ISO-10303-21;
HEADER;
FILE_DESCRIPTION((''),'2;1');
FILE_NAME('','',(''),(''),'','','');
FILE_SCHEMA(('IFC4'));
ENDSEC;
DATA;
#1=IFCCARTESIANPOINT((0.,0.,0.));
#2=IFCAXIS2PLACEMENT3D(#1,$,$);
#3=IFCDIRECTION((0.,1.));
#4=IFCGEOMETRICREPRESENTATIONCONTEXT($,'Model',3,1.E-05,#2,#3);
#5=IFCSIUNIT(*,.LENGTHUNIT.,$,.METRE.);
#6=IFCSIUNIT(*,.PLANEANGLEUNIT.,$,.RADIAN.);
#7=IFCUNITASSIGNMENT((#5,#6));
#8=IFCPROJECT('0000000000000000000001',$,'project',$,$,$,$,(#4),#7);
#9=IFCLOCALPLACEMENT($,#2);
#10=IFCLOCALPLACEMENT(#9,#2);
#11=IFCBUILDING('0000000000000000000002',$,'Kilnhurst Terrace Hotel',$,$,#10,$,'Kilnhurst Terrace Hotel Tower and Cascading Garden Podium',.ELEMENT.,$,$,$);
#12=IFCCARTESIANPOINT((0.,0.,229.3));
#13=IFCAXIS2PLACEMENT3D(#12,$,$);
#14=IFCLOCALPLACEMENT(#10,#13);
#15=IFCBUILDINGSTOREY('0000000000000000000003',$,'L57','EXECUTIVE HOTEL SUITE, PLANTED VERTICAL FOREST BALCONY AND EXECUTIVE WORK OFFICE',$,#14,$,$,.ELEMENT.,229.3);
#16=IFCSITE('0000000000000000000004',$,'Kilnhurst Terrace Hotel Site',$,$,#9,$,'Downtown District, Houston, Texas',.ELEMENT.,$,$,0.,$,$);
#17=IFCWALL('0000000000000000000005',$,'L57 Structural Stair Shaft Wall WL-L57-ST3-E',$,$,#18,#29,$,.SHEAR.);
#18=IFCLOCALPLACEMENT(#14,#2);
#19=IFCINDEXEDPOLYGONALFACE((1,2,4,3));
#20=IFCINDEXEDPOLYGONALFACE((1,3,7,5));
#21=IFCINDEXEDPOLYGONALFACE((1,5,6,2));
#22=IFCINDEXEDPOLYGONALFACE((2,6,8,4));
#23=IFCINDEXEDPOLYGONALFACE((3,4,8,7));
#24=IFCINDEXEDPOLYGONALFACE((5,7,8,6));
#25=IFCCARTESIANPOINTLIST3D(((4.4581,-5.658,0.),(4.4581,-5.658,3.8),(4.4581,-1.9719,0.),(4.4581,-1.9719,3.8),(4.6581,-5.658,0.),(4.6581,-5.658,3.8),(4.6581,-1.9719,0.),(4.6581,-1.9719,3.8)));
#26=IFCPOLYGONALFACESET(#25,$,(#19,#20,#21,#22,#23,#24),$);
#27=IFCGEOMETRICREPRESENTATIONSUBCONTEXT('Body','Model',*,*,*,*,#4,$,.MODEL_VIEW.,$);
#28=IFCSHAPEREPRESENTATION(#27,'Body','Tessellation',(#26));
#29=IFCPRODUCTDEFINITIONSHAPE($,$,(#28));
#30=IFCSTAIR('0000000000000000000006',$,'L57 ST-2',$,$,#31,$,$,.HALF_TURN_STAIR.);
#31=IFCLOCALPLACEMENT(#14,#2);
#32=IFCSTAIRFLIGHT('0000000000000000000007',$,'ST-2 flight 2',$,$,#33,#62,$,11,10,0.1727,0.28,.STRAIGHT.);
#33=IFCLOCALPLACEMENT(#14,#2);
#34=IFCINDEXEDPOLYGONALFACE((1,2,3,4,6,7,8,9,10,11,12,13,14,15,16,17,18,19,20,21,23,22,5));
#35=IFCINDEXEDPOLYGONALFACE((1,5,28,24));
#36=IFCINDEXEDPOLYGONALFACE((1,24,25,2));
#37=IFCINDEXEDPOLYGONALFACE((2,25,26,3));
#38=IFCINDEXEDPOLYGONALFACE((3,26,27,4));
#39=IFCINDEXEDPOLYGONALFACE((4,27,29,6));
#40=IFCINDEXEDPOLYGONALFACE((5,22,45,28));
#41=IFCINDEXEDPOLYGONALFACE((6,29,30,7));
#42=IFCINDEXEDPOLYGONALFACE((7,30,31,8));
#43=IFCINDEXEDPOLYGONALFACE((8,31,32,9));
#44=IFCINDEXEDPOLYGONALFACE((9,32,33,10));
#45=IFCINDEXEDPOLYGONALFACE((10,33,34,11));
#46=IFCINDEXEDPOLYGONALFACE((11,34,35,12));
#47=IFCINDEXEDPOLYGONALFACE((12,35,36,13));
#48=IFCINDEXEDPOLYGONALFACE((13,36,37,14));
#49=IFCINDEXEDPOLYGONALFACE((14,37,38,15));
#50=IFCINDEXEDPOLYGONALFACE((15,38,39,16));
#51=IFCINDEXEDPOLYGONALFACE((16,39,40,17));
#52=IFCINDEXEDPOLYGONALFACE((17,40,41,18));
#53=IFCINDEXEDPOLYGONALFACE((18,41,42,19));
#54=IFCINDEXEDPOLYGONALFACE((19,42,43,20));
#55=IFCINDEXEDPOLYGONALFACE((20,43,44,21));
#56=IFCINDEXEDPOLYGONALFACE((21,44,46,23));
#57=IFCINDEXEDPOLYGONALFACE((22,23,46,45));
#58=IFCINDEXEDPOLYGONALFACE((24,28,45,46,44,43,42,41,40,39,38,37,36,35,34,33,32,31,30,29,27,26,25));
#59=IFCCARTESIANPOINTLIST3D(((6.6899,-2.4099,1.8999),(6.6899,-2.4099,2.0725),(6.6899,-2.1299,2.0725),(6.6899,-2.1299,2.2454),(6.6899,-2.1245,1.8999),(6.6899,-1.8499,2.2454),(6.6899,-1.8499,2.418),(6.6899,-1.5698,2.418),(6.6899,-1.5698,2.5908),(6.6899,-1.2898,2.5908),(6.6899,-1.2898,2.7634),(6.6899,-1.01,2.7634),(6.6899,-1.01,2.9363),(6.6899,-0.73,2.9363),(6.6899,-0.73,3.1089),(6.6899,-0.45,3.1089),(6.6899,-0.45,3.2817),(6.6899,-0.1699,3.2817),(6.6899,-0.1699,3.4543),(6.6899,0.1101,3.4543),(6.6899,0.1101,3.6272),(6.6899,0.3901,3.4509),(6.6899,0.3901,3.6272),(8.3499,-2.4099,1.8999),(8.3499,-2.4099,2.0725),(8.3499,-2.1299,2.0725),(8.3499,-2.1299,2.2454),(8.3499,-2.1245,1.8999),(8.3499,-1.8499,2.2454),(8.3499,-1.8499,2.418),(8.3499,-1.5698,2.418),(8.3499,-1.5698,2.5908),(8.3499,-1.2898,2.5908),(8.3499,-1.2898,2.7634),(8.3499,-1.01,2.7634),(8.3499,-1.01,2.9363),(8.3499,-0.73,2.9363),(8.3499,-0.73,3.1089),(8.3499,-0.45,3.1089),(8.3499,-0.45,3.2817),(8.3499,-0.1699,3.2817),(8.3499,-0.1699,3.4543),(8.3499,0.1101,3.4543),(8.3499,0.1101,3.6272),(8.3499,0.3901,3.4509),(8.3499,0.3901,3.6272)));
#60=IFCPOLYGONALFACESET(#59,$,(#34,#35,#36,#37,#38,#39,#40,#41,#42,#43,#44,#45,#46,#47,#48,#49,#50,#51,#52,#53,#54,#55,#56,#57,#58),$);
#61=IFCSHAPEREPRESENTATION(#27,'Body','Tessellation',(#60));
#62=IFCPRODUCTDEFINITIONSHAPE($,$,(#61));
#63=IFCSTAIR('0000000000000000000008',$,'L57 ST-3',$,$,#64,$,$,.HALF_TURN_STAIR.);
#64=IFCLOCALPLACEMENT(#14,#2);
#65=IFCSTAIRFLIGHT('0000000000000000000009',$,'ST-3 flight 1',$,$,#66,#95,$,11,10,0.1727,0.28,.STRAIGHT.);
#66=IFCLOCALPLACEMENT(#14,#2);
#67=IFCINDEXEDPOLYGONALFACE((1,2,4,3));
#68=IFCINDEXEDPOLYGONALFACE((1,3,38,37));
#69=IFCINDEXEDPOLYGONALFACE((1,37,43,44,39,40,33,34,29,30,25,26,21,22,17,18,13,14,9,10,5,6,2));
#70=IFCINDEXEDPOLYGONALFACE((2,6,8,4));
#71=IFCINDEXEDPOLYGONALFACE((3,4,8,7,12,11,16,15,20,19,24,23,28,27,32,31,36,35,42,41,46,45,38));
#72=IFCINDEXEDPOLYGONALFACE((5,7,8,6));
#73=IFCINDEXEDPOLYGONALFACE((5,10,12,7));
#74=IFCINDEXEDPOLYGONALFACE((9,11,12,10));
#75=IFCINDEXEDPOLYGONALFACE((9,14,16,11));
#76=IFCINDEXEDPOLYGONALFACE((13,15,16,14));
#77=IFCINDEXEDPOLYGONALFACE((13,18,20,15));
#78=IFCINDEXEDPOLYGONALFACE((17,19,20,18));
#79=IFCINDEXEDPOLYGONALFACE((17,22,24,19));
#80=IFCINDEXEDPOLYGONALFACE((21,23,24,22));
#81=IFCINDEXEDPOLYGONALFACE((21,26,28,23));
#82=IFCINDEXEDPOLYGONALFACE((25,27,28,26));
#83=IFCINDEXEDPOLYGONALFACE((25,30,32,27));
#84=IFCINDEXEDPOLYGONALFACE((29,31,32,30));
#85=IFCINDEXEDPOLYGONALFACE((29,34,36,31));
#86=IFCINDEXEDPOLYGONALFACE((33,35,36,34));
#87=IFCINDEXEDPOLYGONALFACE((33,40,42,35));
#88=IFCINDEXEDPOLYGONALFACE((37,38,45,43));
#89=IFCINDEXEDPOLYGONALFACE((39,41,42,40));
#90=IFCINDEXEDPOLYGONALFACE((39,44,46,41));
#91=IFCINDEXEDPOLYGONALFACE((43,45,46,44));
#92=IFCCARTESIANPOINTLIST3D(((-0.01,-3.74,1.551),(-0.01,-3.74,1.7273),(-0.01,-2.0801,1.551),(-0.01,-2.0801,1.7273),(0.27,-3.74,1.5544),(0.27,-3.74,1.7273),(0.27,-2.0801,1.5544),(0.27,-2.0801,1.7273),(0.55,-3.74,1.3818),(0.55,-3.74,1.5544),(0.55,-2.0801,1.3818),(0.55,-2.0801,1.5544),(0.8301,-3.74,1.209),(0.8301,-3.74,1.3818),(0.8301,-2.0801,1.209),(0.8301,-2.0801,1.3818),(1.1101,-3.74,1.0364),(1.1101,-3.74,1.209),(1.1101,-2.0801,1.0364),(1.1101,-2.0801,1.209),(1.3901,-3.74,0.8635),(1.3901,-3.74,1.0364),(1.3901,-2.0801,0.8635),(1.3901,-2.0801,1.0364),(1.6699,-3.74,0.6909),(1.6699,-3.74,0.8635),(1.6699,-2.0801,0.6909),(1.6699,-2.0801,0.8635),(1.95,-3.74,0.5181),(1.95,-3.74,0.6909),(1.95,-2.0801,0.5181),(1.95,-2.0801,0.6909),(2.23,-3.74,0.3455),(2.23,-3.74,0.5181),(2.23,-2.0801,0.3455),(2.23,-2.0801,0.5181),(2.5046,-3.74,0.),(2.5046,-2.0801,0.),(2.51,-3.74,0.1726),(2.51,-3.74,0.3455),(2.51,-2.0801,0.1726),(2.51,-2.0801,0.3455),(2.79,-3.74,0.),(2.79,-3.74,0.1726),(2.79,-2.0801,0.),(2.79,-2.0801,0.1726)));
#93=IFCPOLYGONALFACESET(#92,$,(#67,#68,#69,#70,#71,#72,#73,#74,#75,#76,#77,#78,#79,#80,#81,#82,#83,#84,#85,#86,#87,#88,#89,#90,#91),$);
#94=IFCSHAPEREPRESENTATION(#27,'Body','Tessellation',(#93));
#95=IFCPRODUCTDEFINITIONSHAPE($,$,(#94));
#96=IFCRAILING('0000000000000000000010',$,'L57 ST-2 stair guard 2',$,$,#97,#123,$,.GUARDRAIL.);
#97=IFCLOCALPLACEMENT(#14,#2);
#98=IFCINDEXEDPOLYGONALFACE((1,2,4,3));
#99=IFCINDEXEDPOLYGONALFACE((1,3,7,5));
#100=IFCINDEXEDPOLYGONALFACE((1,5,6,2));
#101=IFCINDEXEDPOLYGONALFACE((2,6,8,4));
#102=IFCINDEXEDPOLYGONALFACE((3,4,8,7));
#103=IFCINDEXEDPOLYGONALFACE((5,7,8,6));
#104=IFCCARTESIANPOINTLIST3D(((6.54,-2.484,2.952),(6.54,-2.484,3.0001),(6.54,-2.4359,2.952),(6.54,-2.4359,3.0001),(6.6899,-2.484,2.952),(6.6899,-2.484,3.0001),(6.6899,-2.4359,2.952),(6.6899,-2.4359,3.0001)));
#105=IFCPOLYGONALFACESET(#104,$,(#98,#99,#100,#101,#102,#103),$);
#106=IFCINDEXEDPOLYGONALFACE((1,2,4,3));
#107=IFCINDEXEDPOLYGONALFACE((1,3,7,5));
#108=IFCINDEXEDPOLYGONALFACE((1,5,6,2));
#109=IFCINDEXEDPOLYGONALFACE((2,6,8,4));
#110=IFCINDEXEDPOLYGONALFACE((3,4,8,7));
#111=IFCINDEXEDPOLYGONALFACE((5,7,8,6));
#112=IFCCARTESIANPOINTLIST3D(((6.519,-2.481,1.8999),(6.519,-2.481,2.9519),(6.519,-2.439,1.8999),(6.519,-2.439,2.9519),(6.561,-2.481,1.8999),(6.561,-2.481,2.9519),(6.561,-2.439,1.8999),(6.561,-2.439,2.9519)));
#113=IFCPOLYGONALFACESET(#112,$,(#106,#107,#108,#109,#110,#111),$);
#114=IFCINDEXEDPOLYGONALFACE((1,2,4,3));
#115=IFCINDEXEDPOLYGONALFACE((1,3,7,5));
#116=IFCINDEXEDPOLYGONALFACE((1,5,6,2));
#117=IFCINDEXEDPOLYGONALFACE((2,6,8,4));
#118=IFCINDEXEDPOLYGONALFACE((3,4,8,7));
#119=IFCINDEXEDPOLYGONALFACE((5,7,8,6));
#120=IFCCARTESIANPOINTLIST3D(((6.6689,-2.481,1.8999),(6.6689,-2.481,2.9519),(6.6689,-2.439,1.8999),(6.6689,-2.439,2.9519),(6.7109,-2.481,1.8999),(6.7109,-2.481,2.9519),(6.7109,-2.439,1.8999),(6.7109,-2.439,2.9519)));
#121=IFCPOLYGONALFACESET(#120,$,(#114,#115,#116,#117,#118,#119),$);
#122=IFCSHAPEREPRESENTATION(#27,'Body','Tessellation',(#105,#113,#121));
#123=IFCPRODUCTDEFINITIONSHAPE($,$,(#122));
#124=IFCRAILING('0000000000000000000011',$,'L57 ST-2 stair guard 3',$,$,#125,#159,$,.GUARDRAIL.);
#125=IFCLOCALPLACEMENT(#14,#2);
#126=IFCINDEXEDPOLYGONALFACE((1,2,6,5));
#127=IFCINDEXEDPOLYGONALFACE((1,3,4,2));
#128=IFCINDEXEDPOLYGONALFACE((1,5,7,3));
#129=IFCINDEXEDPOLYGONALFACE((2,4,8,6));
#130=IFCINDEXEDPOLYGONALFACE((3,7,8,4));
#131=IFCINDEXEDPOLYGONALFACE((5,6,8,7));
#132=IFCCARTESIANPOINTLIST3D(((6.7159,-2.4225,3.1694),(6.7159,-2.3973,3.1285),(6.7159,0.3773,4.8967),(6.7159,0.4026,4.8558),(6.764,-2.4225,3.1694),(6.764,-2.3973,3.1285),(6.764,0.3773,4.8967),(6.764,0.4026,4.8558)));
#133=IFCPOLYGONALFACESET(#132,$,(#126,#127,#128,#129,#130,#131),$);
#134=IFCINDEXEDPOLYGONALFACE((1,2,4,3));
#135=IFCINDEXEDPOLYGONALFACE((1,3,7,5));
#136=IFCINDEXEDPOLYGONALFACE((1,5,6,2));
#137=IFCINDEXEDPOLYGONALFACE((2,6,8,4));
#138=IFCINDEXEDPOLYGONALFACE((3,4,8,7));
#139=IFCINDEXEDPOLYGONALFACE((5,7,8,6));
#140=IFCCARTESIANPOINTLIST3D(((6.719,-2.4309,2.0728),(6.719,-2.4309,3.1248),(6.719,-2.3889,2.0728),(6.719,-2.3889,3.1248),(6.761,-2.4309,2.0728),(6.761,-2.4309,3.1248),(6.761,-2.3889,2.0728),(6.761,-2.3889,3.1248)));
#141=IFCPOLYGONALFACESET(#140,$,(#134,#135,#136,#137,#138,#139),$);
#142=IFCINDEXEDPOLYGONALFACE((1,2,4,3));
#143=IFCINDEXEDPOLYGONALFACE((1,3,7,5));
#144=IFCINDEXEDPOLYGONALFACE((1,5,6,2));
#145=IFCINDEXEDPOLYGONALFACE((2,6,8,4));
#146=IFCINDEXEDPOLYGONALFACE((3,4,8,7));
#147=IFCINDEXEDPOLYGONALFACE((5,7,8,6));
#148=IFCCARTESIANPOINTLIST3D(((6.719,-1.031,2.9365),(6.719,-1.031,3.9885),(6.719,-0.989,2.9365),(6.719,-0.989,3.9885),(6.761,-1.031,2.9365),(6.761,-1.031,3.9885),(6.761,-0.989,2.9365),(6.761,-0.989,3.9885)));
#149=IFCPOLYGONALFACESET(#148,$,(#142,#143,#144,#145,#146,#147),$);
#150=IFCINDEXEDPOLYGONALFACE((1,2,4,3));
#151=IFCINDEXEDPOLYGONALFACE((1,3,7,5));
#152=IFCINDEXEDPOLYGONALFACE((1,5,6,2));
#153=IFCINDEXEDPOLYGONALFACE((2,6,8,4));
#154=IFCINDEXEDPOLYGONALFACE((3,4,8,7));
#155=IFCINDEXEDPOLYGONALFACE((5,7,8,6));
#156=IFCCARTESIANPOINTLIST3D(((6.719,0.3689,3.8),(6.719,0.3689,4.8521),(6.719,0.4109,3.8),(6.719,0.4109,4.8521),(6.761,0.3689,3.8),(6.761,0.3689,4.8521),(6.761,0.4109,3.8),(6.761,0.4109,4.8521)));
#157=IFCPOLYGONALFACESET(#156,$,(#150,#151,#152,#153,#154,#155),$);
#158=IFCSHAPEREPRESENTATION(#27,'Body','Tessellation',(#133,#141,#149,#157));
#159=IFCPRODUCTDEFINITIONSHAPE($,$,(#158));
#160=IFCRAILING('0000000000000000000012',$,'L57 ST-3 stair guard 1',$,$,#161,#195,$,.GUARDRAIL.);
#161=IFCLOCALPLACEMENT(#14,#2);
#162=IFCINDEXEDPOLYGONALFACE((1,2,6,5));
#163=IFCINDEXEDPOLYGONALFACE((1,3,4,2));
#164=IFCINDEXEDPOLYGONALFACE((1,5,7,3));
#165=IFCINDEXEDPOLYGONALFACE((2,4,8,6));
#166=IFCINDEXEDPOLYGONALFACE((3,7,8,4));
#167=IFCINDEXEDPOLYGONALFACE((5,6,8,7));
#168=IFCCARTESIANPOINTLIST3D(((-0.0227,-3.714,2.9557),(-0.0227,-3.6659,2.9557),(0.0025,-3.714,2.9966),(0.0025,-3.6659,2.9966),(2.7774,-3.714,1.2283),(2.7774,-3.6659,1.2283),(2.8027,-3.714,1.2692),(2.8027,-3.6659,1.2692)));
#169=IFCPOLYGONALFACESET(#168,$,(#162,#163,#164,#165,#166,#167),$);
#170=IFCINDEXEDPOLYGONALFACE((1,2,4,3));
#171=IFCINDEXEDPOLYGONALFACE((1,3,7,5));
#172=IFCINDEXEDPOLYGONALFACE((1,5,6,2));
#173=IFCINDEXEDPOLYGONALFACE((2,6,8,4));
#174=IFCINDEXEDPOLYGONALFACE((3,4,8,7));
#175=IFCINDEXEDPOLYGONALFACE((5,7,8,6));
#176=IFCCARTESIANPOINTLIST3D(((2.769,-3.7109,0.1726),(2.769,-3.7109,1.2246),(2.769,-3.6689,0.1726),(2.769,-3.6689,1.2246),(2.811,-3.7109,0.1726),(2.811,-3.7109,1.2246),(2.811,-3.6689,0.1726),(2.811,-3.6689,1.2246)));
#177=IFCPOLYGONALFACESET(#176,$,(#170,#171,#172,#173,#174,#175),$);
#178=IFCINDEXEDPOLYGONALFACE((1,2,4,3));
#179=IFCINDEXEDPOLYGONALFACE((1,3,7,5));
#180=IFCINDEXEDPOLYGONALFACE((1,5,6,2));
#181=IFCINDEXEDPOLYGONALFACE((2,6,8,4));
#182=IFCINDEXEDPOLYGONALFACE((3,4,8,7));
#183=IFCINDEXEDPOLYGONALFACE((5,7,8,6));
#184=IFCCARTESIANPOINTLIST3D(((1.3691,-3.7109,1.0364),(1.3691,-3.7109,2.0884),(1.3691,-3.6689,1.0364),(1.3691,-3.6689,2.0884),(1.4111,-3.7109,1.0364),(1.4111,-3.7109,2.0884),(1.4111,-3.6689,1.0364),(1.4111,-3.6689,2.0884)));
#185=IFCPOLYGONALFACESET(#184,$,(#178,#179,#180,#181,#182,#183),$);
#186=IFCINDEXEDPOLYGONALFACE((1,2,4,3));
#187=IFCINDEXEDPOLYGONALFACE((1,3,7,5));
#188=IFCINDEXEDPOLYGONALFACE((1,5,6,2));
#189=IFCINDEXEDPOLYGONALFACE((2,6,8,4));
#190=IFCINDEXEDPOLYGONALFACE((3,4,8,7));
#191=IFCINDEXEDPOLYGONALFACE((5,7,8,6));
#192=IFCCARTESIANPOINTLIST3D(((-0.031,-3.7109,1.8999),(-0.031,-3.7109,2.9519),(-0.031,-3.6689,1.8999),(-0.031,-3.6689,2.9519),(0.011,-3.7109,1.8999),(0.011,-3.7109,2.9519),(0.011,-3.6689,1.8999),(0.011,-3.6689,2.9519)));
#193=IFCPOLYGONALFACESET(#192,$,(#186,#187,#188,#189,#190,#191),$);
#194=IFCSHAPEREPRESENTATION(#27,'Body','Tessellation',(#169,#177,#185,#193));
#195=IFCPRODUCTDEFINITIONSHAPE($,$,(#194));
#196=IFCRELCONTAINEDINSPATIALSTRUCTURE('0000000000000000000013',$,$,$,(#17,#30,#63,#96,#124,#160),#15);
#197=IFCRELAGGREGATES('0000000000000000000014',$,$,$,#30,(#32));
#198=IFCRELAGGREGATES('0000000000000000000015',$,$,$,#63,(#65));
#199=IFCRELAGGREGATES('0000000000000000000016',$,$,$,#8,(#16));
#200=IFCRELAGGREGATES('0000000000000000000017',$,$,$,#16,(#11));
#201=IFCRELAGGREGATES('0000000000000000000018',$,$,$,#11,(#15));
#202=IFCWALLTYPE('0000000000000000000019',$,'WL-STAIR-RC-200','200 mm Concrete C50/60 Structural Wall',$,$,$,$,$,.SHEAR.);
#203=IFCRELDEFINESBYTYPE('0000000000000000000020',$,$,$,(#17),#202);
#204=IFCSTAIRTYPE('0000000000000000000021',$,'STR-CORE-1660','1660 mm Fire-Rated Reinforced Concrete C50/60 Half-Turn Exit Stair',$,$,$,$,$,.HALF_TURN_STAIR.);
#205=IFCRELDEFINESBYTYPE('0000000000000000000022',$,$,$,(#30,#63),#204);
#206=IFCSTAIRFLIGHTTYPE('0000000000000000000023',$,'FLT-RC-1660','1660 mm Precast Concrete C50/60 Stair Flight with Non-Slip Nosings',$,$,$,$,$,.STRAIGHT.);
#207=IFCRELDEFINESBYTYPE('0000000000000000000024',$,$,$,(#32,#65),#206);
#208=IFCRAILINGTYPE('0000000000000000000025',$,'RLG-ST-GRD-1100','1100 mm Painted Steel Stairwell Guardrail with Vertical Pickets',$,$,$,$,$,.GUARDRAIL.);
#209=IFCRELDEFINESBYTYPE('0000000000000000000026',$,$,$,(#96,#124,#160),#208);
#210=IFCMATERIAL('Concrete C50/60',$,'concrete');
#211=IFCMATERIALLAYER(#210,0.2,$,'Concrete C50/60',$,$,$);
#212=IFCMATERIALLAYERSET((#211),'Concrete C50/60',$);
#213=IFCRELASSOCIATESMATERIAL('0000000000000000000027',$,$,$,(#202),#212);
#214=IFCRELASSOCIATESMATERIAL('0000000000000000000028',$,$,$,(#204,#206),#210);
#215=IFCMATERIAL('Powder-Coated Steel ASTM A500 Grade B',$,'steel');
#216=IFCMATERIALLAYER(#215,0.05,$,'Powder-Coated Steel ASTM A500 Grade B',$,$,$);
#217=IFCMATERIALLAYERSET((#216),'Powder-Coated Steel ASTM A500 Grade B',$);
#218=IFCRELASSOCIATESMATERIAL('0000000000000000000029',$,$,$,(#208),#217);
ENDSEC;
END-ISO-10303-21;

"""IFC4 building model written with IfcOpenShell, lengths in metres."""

from ifc_helpers import new_model, si_unit, direction, frame, frame_2d, origin, origin_2d, place, context, subcontext, project, spatial, polyline, rectangle, outline, extrude, material, layer, layer_set, type_object, element, aggregate, save


model = new_model("IFC4")

# Units and contexts
model_context = context("Model", 3, precision=1e-05, world=origin(), true_north=direction((0.0, 1.0)))
body_context = subcontext(model_context, "Body", "Model", "MODEL_VIEW")
ifc_project = project(units=[si_unit("LENGTHUNIT", "METRE"), si_unit("PLANEANGLEUNIT", "RADIAN")], contexts=[model_context])

# Site, building, storey
site_placement = place(None, origin())
site = spatial("IfcSite", under=ifc_project, at=site_placement, Name="Kilnhurst Terrace Hotel Site", LongName="Downtown District, Houston, Texas", CompositionType="ELEMENT", RefElevation=0.0)
building_placement = place(site_placement, origin())
building = spatial("IfcBuilding", under=site, at=building_placement, Name="Kilnhurst Terrace Hotel", LongName="Kilnhurst Terrace Hotel Tower and Cascading Garden Podium", CompositionType="ELEMENT")
storey_placement = place(building_placement, frame((0.0, 0.0, 229.3)))
storey = spatial("IfcBuildingStorey", under=building, at=storey_placement, Name="L57", Description="EXECUTIVE HOTEL SUITE, PLANTED VERTICAL FOREST BALCONY AND EXECUTIVE WORK OFFICE", CompositionType="ELEMENT", Elevation=229.3)

# Shared definitions
ifc_material_1 = material(Name="Concrete C50/60", Category="concrete")

# Wall
ifc_layer_1 = layer(ifc_material_1, 0.2, Name="Concrete C50/60")
ifc_layer_set_1 = layer_set([ifc_layer_1], Name="Concrete C50/60")
wall_type_1 = type_object("IfcWallType", Name="WL-STAIR-RC-200", Description="200 mm Concrete C50/60 Structural Wall", PredefinedType="SHEAR", material=ifc_layer_set_1)
for number, where, z_axis, x_axis, name in (
    (1, (4.5581, -5.658, 0.0), (0.0, 0.0, 1.0), (0.0, 1.0, 0.0), "L57 Structural Stair Shaft Wall WL-L57-ST3-E"),
):
    element("IfcWall", number, at=place(storey_placement, frame(where, z_axis=z_axis, x_axis=x_axis)), inside=storey, type_object=wall_type_1, Name=name, PredefinedType="SHEAR", context=body_context, shape_type="SweptSolid", body=[
        extrude(rectangle(XDim=3.686, YDim=0.2, at=frame_2d((1.843, 0.0))), origin(), (0.0, 0.0, 1.0), 3.8),
    ])

# Stairs, stair flights
stair_type = type_object("IfcStairType", Name="STR-CORE-1660", Description="1660 mm Fire-Rated Reinforced Concrete C50/60 Half-Turn Exit Stair", PredefinedType="HALF_TURN_STAIR", material=ifc_material_1)
stair_1_placement = place(storey_placement, origin())
stair_1 = element("IfcStair", 2, at=stair_1_placement, inside=storey, type_object=stair_type, Name="L57 ST-2", PredefinedType="HALF_TURN_STAIR")
stair_flight_type = type_object("IfcStairFlightType", Name="FLT-RC-1660", Description="1660 mm Precast Concrete C50/60 Stair Flight with Non-Slip Nosings", PredefinedType="STRAIGHT", material=ifc_material_1)
stair_flight_1_placement = place(storey_placement, frame((7.52, -2.4099, 1.8999), z_axis=(0.0, 0.0, 1.0), x_axis=(0.0, 1.0, 0.0)))
stair_flight_1 = element("IfcStairFlight", 3, at=stair_flight_1_placement, type_object=stair_flight_type, Name="ST-2 flight 2", NumberOfRisers=11, NumberOfTreads=10, PredefinedType="STRAIGHT", RiserHeight=0.1727, TreadLength=0.28, context=body_context, shape_type="SweptSolid", body=[
    extrude(outline(polyline([(0.0, 0.0), (0.0, 0.1726), (0.28, 0.1726), (0.28, 0.3455), (0.5601, 0.3455), (0.5601, 0.5181), (0.8401, 0.5181), (0.8401, 0.6909), (1.1201, 0.6909), (1.1201, 0.8635), (1.3999, 0.8635), (1.3999, 1.0364), (1.6799, 1.0364), (1.6799, 1.209), (1.96, 1.209), (1.96, 1.3818), (2.24, 1.3818), (2.24, 1.5544), (2.52, 1.5544), (2.52, 1.7273), (2.8, 1.7273), (2.8, 1.8999), (2.8, 1.551), (0.2854, 0.0), (0.0, 0.0)])), frame((0.0, 0.8301, 0.0), z_axis=(0.0, -1.0, 0.0), x_axis=(1.0, 0.0, 0.0)), (0.0, 0.0, 1.0), 1.6599),
])
aggregate(stair_1, [stair_flight_1])
stair_2_placement = place(storey_placement, origin())
stair_2 = element("IfcStair", 4, at=stair_2_placement, inside=storey, type_object=stair_type, Name="L57 ST-3", PredefinedType="HALF_TURN_STAIR")
stair_flight_2_placement = place(storey_placement, frame((2.79, -2.9099, 0.0), z_axis=(0.0, 0.0, 1.0), x_axis=(-1.0, 0.0, 0.0)))
stair_flight_2 = element("IfcStairFlight", 5, at=stair_flight_2_placement, type_object=stair_flight_type, Name="ST-3 flight 1", NumberOfRisers=11, NumberOfTreads=10, PredefinedType="STRAIGHT", RiserHeight=0.1727, TreadLength=0.28, context=body_context, shape_type="SweptSolid", body=[
    extrude(outline(polyline([(0.0, 0.0), (0.0, 0.1726), (0.28, 0.1726), (0.28, 0.3455), (0.5601, 0.3455), (0.5601, 0.5181), (0.8401, 0.5181), (0.8401, 0.6909), (1.1201, 0.6909), (1.1201, 0.8635), (1.3999, 0.8635), (1.3999, 1.0364), (1.6799, 1.0364), (1.6799, 1.209), (1.96, 1.209), (1.96, 1.3818), (2.24, 1.3818), (2.24, 1.5544), (2.52, 1.5544), (2.52, 1.7273), (2.8, 1.7273), (2.8, 1.8999), (2.8, 1.551), (0.2854, 0.0), (0.0, 0.0)])), frame((0.0, 0.8301, 0.0), z_axis=(0.0, -1.0, 0.0), x_axis=(1.0, 0.0, 0.0)), (0.0, 0.0, 1.0), 1.6599),
])
aggregate(stair_2, [stair_flight_2])

# Railings
ifc_material_2 = material(Name="Powder-Coated Steel ASTM A500 Grade B", Category="steel")
ifc_layer_2 = layer(ifc_material_2, 0.05, Name="Powder-Coated Steel ASTM A500 Grade B")
ifc_layer_set_2 = layer_set([ifc_layer_2], Name="Powder-Coated Steel ASTM A500 Grade B")
railing_type_1 = type_object("IfcRailingType", Name="RLG-ST-GRD-1100", Description="1100 mm Painted Steel Stairwell Guardrail with Vertical Pickets", PredefinedType="GUARDRAIL", material=ifc_layer_set_2)
railing_1_placement = place(storey_placement, frame((6.54, -2.46, 1.8999)))
element("IfcRailing", 6, at=railing_1_placement, inside=storey, type_object=railing_type_1, Name="L57 ST-2 stair guard 2", PredefinedType="GUARDRAIL", context=body_context, shape_type="SweptSolid", body=[
    extrude(rectangle(XDim=0.0481, YDim=0.0481, at=origin_2d()), frame((0.0, 0.0, 1.0762), z_axis=(1.0, 0.0, 0.0), x_axis=(0.0, 1.0, 0.0)), (0.0, 0.0, 1.0), 0.1499),
    extrude(rectangle(XDim=0.042, YDim=0.042, at=origin_2d()), origin(), (0.0, 0.0, 1.0), 1.052),
    extrude(rectangle(XDim=0.042, YDim=0.042, at=origin_2d()), frame((0.1499, 0.0, 0.0)), (0.0, 0.0, 1.0), 1.052),
])
railing_2_placement = place(storey_placement, frame((6.74, -2.4099, 2.0728)))
element("IfcRailing", 7, at=railing_2_placement, inside=storey, type_object=railing_type_1, Name="L57 ST-2 stair guard 3", PredefinedType="GUARDRAIL", context=body_context, shape_type="SweptSolid", body=[
    extrude(rectangle(XDim=0.0481, YDim=0.0481, at=origin_2d()), frame((0.0, 0.0, 1.0762), z_axis=(0.0, 0.851069, 0.525054), x_axis=(-1.0, 0.0, 0.0)), (0.0, 0.0, 1.0), 3.2898),
    extrude(rectangle(XDim=0.042, YDim=0.042, at=origin_2d()), origin(), (0.0, 0.0, 1.0), 1.052),
    extrude(rectangle(XDim=0.042, YDim=0.042, at=origin_2d()), frame((0.0, 1.3999, 0.8638)), (0.0, 0.0, 1.0), 1.052),
    extrude(rectangle(XDim=0.042, YDim=0.042, at=origin_2d()), frame((0.0, 2.7998, 1.7273)), (0.0, 0.0, 1.0), 1.052),
])
railing_3_placement = place(storey_placement, frame((2.79, -3.6899, 0.1726)))
element("IfcRailing", 8, at=railing_3_placement, inside=storey, type_object=railing_type_1, Name="L57 ST-3 stair guard 1", PredefinedType="GUARDRAIL", context=body_context, shape_type="SweptSolid", body=[
    extrude(rectangle(XDim=0.0481, YDim=0.0481, at=origin_2d()), frame((0.0, 0.0, 1.0762), z_axis=(-0.85109, 0.0, 0.52502), x_axis=(0.0, -1.0, 0.0)), (0.0, 0.0, 1.0), 3.29),
    extrude(rectangle(XDim=0.042, YDim=0.042, at=origin_2d()), origin(), (0.0, 0.0, 1.0), 1.052),
    extrude(rectangle(XDim=0.042, YDim=0.042, at=origin_2d()), frame((-1.3999, 0.0, 0.8638)), (0.0, 0.0, 1.0), 1.052),
    extrude(rectangle(XDim=0.042, YDim=0.042, at=origin_2d()), frame((-2.8, 0.0, 1.7273)), (0.0, 0.0, 1.0), 1.052),
])

save(model, "model.ifc")
